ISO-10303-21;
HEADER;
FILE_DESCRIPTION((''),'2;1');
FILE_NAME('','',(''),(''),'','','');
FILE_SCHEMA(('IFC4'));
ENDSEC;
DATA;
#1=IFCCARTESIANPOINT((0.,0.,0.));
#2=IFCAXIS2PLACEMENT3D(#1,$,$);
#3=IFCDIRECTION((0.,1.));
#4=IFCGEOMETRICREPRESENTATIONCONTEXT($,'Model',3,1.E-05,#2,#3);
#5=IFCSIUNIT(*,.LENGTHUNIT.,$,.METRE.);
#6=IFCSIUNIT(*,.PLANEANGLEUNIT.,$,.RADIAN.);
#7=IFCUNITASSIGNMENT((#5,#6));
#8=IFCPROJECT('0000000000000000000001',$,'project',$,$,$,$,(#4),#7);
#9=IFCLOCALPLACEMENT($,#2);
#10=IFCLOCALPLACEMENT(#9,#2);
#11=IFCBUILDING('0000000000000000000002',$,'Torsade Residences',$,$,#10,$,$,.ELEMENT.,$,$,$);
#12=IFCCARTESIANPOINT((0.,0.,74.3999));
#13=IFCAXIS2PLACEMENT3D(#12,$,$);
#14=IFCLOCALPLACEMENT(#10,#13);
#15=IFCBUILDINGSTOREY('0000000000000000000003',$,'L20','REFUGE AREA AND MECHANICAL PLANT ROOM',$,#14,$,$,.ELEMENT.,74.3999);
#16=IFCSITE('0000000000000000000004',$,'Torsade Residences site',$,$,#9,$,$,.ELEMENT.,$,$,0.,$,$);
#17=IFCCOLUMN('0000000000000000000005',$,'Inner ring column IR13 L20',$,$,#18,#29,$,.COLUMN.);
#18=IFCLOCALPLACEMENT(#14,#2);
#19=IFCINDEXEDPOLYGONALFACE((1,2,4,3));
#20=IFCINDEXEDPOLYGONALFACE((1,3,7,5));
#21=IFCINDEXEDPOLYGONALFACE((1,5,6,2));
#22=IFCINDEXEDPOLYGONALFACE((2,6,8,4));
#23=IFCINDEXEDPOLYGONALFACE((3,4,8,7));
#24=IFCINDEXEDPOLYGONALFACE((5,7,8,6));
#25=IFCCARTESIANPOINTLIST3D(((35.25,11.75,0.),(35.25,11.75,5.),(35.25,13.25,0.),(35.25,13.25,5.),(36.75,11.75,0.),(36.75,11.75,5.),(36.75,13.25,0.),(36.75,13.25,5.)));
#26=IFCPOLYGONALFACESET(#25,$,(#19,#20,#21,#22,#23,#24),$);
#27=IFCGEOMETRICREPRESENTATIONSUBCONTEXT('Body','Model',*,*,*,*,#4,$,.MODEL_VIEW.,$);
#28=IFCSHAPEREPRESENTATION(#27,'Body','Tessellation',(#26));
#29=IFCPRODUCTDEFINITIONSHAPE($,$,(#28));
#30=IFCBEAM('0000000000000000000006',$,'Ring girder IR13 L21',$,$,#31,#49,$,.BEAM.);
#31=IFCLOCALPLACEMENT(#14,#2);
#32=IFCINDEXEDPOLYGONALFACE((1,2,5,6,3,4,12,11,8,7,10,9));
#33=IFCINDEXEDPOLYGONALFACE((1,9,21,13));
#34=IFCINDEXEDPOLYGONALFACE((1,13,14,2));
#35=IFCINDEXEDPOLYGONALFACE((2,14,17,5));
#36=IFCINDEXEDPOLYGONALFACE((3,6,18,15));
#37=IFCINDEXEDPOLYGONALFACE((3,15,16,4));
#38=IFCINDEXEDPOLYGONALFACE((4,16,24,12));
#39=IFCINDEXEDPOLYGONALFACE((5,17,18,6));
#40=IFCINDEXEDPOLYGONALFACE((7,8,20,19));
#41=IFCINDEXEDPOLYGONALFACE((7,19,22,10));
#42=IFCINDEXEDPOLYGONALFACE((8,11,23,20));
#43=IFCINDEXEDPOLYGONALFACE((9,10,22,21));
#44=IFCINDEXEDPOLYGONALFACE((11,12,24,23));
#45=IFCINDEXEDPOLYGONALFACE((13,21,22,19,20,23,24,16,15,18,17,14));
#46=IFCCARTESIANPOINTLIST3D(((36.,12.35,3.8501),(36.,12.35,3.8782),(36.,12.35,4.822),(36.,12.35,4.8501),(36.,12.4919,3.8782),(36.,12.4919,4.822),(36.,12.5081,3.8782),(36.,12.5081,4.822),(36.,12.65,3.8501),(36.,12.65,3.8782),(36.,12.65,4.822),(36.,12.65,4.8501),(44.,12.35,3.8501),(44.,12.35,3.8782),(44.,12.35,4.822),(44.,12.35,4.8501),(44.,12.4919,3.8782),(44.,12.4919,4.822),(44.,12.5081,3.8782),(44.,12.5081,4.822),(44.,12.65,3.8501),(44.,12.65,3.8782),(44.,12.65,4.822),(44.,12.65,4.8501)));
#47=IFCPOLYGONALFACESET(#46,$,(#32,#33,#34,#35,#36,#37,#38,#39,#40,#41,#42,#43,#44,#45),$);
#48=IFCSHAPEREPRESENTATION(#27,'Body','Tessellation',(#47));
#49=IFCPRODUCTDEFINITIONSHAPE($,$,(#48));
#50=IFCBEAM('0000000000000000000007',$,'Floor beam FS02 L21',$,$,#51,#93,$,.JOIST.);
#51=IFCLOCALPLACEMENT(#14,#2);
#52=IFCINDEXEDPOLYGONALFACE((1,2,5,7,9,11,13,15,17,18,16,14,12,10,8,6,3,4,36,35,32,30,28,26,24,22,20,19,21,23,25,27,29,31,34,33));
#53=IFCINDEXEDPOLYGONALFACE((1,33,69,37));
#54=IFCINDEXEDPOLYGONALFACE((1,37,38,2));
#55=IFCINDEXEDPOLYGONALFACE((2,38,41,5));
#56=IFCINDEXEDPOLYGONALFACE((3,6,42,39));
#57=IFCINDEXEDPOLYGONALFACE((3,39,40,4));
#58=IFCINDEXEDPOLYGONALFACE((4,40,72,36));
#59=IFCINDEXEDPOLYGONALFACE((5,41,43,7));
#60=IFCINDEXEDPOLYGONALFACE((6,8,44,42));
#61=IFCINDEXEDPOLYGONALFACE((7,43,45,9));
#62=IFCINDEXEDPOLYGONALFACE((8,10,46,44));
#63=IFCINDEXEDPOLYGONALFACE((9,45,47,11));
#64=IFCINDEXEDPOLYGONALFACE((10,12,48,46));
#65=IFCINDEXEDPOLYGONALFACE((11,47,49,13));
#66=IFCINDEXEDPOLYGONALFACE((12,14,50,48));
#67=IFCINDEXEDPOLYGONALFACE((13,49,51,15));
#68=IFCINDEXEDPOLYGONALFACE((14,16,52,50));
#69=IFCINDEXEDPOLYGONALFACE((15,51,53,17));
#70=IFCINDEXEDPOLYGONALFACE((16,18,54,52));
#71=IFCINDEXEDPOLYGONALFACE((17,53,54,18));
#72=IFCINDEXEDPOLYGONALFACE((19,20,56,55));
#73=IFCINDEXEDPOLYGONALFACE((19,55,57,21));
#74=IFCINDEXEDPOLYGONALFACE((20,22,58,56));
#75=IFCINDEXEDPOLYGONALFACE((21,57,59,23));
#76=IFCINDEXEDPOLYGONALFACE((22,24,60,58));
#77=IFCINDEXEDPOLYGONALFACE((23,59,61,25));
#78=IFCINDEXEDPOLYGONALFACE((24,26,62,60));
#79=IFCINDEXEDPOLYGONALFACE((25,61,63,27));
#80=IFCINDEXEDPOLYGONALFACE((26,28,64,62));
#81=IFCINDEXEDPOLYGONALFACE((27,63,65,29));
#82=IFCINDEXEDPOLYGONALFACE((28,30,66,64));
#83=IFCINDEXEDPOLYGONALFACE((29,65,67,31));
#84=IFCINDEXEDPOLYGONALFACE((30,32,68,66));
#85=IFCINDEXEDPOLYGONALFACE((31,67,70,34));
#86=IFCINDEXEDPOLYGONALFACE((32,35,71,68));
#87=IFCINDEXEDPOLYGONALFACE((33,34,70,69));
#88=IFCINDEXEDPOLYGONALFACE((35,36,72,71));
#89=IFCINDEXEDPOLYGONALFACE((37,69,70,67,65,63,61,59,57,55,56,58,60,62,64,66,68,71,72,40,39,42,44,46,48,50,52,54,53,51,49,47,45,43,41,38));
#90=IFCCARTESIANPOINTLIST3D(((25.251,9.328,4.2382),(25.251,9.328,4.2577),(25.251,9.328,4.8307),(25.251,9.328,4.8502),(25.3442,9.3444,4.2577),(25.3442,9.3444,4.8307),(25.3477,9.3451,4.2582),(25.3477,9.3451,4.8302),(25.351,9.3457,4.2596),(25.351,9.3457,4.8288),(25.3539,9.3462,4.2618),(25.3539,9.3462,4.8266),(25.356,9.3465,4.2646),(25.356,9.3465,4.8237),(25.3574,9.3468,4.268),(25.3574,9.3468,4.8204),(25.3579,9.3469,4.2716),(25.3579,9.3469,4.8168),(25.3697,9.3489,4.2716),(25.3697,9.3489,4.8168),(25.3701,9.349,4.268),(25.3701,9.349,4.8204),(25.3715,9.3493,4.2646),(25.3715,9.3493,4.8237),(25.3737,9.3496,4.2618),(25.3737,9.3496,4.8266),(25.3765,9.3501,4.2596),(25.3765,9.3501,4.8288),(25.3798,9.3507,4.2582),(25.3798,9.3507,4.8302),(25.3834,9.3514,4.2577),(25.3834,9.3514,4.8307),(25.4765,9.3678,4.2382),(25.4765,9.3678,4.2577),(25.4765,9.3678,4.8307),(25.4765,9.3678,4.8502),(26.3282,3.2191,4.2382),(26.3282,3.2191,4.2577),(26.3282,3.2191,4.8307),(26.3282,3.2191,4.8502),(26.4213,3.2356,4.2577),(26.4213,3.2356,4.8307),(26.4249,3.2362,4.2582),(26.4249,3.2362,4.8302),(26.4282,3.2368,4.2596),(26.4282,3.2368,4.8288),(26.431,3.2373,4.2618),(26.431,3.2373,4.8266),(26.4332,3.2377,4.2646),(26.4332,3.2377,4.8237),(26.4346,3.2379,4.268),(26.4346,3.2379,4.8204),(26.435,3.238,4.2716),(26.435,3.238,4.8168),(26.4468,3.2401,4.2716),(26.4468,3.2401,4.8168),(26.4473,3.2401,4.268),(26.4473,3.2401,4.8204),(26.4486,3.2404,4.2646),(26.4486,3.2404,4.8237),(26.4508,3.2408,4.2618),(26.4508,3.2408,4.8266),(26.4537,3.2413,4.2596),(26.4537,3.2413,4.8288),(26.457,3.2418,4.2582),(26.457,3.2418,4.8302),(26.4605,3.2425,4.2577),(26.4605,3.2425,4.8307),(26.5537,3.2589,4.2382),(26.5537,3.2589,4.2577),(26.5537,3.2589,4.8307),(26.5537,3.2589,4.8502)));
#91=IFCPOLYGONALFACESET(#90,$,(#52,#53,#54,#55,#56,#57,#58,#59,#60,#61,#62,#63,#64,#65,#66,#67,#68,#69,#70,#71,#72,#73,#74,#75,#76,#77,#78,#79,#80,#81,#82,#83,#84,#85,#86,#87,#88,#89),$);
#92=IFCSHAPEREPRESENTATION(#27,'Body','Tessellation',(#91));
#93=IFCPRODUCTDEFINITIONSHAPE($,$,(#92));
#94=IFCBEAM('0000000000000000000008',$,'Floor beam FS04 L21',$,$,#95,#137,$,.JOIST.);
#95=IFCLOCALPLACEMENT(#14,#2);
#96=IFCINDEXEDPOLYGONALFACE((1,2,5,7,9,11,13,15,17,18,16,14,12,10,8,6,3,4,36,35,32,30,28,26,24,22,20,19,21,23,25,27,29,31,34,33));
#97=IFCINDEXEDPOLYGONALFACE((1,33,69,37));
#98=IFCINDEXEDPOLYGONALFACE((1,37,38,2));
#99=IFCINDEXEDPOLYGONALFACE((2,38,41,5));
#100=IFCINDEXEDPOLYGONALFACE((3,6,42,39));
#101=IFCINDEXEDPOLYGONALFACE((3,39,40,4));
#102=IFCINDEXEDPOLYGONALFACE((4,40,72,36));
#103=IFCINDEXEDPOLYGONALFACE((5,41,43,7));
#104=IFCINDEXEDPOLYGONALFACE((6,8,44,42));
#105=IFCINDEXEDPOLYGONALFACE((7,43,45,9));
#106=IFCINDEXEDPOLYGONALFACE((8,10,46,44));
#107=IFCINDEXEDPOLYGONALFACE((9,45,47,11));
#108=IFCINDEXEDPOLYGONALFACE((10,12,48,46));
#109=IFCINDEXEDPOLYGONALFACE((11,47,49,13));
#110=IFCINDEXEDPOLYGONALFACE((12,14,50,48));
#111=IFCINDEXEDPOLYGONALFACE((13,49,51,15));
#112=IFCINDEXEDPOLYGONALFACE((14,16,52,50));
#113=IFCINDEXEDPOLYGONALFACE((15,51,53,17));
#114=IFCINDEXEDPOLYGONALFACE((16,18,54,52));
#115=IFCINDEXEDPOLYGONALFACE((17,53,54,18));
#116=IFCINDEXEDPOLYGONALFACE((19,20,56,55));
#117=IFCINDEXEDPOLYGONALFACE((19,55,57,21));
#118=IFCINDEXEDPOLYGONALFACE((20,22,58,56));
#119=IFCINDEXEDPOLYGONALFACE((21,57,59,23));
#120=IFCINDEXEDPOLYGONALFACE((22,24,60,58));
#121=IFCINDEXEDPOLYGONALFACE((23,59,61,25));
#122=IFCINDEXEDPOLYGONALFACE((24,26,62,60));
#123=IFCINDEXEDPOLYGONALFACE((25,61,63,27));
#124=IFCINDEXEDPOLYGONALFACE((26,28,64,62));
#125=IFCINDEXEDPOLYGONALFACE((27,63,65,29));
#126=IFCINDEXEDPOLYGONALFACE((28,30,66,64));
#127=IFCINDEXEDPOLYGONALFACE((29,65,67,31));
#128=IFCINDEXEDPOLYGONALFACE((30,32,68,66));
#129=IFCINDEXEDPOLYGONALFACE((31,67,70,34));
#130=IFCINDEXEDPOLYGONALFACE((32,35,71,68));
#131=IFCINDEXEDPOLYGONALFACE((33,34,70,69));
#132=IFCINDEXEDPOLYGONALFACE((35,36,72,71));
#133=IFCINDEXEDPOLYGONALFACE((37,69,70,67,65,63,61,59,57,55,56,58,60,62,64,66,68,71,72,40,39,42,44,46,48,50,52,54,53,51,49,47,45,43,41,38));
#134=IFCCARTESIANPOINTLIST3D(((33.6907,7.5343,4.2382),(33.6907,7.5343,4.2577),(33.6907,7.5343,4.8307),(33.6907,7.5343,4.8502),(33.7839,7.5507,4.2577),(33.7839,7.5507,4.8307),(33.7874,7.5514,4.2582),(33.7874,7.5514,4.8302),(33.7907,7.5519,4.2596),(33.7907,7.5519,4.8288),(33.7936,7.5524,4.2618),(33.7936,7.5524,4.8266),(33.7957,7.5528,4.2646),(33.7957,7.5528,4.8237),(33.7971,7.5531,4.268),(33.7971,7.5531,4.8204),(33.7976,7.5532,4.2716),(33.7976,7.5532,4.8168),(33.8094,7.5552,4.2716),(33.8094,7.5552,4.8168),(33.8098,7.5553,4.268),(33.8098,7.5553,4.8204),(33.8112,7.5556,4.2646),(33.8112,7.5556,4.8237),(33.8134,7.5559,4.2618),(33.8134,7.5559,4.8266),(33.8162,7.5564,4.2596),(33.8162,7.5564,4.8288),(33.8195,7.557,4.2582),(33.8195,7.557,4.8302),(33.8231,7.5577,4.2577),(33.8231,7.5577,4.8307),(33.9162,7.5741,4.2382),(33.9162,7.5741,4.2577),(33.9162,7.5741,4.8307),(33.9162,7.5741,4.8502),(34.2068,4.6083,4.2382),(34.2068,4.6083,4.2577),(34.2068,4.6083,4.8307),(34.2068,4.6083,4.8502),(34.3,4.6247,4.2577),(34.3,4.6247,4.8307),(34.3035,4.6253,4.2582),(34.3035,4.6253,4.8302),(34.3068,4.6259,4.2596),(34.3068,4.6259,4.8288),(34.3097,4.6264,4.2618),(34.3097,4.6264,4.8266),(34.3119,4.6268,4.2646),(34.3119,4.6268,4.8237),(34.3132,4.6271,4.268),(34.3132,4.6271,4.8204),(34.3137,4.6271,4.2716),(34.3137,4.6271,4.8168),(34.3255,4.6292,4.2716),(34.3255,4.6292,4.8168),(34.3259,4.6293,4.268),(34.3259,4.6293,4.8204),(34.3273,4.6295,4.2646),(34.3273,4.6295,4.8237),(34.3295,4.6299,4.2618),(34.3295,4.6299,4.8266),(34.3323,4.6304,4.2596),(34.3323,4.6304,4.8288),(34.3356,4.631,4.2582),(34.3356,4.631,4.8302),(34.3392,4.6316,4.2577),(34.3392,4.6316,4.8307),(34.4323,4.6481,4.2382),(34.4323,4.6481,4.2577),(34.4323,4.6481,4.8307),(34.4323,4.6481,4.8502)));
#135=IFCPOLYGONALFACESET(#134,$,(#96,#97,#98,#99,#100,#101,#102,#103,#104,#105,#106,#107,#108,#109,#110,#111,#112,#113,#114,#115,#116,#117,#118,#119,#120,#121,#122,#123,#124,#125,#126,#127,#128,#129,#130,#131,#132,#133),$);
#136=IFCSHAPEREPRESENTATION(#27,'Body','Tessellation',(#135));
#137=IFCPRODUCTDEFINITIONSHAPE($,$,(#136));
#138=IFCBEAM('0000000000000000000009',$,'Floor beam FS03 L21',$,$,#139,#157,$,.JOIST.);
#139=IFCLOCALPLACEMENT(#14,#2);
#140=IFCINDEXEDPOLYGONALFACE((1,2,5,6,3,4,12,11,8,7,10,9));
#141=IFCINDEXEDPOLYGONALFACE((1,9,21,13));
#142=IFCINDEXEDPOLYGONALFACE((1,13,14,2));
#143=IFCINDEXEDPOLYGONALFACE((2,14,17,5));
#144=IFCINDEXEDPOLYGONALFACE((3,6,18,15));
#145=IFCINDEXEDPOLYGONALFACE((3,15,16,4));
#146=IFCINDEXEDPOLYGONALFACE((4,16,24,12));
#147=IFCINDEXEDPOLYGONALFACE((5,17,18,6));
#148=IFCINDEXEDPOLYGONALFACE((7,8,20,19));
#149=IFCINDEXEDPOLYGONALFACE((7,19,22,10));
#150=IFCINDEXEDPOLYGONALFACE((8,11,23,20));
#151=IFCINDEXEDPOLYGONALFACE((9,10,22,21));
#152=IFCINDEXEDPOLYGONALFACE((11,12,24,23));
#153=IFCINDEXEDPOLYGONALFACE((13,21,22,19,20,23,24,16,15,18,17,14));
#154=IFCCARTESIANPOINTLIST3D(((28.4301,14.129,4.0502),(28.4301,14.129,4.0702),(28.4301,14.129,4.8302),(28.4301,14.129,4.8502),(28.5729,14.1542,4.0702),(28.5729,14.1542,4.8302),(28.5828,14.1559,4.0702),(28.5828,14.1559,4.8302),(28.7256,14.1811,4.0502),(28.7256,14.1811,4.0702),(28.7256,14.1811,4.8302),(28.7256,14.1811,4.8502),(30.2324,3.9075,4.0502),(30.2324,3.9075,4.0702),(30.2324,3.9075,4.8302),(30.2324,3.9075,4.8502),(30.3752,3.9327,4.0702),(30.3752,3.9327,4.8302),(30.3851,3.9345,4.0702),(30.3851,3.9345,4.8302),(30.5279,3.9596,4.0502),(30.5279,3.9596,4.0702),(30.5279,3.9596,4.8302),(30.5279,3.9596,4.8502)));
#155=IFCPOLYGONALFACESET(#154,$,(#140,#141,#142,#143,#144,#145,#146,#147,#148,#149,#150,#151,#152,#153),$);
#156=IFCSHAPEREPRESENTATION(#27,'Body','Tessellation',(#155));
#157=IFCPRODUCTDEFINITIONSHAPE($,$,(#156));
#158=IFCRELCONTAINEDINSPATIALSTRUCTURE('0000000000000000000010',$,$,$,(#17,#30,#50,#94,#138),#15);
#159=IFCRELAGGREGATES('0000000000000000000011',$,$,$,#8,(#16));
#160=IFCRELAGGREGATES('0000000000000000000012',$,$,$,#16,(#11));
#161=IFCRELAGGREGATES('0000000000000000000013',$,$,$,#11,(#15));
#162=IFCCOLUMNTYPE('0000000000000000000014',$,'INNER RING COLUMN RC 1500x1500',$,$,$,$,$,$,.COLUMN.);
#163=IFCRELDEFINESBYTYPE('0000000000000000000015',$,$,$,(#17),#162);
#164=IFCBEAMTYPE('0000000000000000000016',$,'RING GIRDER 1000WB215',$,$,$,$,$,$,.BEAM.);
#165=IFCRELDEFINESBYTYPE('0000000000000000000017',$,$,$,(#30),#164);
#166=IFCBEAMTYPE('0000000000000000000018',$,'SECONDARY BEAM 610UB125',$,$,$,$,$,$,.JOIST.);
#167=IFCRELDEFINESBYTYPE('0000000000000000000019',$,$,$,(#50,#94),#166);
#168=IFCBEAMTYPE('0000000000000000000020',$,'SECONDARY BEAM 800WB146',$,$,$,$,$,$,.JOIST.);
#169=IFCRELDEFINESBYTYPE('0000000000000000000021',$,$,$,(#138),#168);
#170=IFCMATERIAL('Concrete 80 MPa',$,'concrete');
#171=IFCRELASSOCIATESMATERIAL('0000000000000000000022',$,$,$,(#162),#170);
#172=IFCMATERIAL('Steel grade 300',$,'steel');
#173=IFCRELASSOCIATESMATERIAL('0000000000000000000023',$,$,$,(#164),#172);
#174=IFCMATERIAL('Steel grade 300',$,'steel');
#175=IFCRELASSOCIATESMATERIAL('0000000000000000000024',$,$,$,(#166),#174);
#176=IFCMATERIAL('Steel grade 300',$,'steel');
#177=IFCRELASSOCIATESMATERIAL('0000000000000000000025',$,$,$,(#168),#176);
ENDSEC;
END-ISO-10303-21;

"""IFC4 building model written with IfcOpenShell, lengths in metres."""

from ifc_helpers import new_model, si_unit, direction, frame, origin, origin_2d, place, context, subcontext, project, spatial, rectangle, i_section, extrude, material, material_profile, profile_set, type_object, element, save


model = new_model("IFC4")

# Units and contexts
model_context = context("Model", 3, precision=1e-05, world=origin(), true_north=direction((0.0, 1.0)))
body_context = subcontext(model_context, "Body", "Model", "MODEL_VIEW")
ifc_project = project(units=[si_unit("LENGTHUNIT", "METRE"), si_unit("PLANEANGLEUNIT", "RADIAN")], contexts=[model_context])

# Site, building, storey
site_placement = place(None, origin())
site = spatial("IfcSite", under=ifc_project, at=site_placement, Name="Torsade Residences site", CompositionType="ELEMENT", RefElevation=0.0)
building_placement = place(site_placement, origin())
building = spatial("IfcBuilding", under=site, at=building_placement, Name="Torsade Residences", CompositionType="ELEMENT")
storey_placement = place(building_placement, frame((0.0, 0.0, 74.3999)))
storey = spatial("IfcBuildingStorey", under=building, at=storey_placement, Name="L20", Description="REFUGE AREA AND MECHANICAL PLANT ROOM", CompositionType="ELEMENT", Elevation=74.3999)

# Column
ifc_material_1 = material(Name="Concrete 80 MPa", Category="concrete")
ifc_material_profile_1 = material_profile(ifc_material_1, rectangle(XDim=1.5, YDim=1.5, at=origin_2d()), Name="RC 1500x1500")
ifc_profile_set_1 = profile_set([ifc_material_profile_1], Name="Concrete 80 MPa")
column_type = type_object("IfcColumnType", Name="INNER RING COLUMN RC 1500x1500", PredefinedType="COLUMN", material=ifc_profile_set_1)
column_placement = place(storey_placement, frame((36.0, 12.5, 0.0), z_axis=(0.0, 0.0, 1.0), x_axis=(1.0, 0.0, 0.0)))
element("IfcColumn", 1, at=column_placement, inside=storey, type_object=column_type, Name="Inner ring column IR13 L20", PredefinedType="COLUMN", context=body_context, shape_type="SweptSolid", body=[
    extrude(rectangle(XDim=1.5, YDim=1.5, at=origin_2d()), origin(), (0.0, 0.0, 1.0), 5.0),
])

# Beams
ifc_material_2 = material(Name="Steel grade 300", Category="steel")
ifc_material_profile_2 = material_profile(ifc_material_2, i_section(OverallWidth=0.3, OverallDepth=1.0, WebThickness=0.0161, FlangeThickness=0.0281, at=origin_2d()), Name="1000WB215")
ifc_profile_set_2 = profile_set([ifc_material_profile_2], Name="Steel grade 300")
beam_type_1 = type_object("IfcBeamType", Name="RING GIRDER 1000WB215", PredefinedType="BEAM", material=ifc_profile_set_2)
beam_1_placement = place(storey_placement, frame((36.0, 12.5, 4.3501), z_axis=(1.0, 0.0, 0.0), x_axis=(0.0, 1.0, 0.0)))
element("IfcBeam", 2, at=beam_1_placement, inside=storey, type_object=beam_type_1, Name="Ring girder IR13 L21", PredefinedType="BEAM", context=body_context, shape_type="SweptSolid", body=[
    extrude(i_section(OverallWidth=0.3, OverallDepth=1.0, WebThickness=0.0161, FlangeThickness=0.0281, at=origin_2d()), origin(), (0.0, 0.0, 1.0), 8.0),
])
ifc_material_3 = material(Name="Steel grade 300", Category="steel")
ifc_material_profile_3 = material_profile(ifc_material_3, i_section(OverallWidth=0.229, OverallDepth=0.6121, WebThickness=0.012, FlangeThickness=0.0195, FilletRadius=0.0139, at=origin_2d()), Name="610UB125")
ifc_profile_set_3 = profile_set([ifc_material_profile_3], Name="Steel grade 300")
beam_type_2 = type_object("IfcBeamType", Name="SECONDARY BEAM 610UB125", PredefinedType="JOIST", material=ifc_profile_set_3)
beam_2_placement = place(storey_placement, frame((26.4409, 3.239, 4.5442), z_axis=(-0.173646, 0.984808, 0.0), x_axis=(-0.984808, -0.173646, 0.0)))
element("IfcBeam", 3, at=beam_2_placement, inside=storey, type_object=beam_type_2, Name="Floor beam FS02 L21", PredefinedType="JOIST", context=body_context, shape_type="SweptSolid", body=[
    extrude(i_section(OverallWidth=0.229, OverallDepth=0.6121, WebThickness=0.012, FlangeThickness=0.0195, FilletRadius=0.0139, at=origin_2d()), origin(), (0.0, 0.0, 1.0), 6.2031),
])
beam_3_placement = place(storey_placement, frame((34.3196, 4.6282, 4.5442), z_axis=(-0.173706, 0.984798, 0.0), x_axis=(-0.984798, -0.173706, 0.0)))
element("IfcBeam", 4, at=beam_3_placement, inside=storey, type_object=beam_type_2, Name="Floor beam FS04 L21", PredefinedType="JOIST", context=body_context, shape_type="SweptSolid", body=[
    extrude(i_section(OverallWidth=0.229, OverallDepth=0.6121, WebThickness=0.012, FlangeThickness=0.0195, FilletRadius=0.0139, at=origin_2d()), origin(), (0.0, 0.0, 1.0), 2.9712),
])
ifc_material_4 = material(Name="Steel grade 300", Category="steel")
ifc_material_profile_4 = material_profile(ifc_material_4, i_section(OverallWidth=0.3, OverallDepth=0.8, WebThickness=0.01, FlangeThickness=0.02, at=origin_2d()), Name="800WB146")
ifc_profile_set_4 = profile_set([ifc_material_profile_4], Name="Steel grade 300")
beam_type_3 = type_object("IfcBeamType", Name="SECONDARY BEAM 800WB146", PredefinedType="JOIST", material=ifc_profile_set_4)
beam_4_placement = place(storey_placement, frame((30.3801, 3.9336, 4.4502), z_axis=(-0.173642, 0.984809, 0.0), x_axis=(-0.984809, -0.173642, 0.0)))
element("IfcBeam", 5, at=beam_4_placement, inside=storey, type_object=beam_type_3, Name="Floor beam FS03 L21", PredefinedType="JOIST", context=body_context, shape_type="SweptSolid", body=[
    extrude(i_section(OverallWidth=0.3, OverallDepth=0.8, WebThickness=0.01, FlangeThickness=0.02, at=origin_2d()), origin(), (0.0, 0.0, 1.0), 10.3792),
])

save(model, "model.ifc")
